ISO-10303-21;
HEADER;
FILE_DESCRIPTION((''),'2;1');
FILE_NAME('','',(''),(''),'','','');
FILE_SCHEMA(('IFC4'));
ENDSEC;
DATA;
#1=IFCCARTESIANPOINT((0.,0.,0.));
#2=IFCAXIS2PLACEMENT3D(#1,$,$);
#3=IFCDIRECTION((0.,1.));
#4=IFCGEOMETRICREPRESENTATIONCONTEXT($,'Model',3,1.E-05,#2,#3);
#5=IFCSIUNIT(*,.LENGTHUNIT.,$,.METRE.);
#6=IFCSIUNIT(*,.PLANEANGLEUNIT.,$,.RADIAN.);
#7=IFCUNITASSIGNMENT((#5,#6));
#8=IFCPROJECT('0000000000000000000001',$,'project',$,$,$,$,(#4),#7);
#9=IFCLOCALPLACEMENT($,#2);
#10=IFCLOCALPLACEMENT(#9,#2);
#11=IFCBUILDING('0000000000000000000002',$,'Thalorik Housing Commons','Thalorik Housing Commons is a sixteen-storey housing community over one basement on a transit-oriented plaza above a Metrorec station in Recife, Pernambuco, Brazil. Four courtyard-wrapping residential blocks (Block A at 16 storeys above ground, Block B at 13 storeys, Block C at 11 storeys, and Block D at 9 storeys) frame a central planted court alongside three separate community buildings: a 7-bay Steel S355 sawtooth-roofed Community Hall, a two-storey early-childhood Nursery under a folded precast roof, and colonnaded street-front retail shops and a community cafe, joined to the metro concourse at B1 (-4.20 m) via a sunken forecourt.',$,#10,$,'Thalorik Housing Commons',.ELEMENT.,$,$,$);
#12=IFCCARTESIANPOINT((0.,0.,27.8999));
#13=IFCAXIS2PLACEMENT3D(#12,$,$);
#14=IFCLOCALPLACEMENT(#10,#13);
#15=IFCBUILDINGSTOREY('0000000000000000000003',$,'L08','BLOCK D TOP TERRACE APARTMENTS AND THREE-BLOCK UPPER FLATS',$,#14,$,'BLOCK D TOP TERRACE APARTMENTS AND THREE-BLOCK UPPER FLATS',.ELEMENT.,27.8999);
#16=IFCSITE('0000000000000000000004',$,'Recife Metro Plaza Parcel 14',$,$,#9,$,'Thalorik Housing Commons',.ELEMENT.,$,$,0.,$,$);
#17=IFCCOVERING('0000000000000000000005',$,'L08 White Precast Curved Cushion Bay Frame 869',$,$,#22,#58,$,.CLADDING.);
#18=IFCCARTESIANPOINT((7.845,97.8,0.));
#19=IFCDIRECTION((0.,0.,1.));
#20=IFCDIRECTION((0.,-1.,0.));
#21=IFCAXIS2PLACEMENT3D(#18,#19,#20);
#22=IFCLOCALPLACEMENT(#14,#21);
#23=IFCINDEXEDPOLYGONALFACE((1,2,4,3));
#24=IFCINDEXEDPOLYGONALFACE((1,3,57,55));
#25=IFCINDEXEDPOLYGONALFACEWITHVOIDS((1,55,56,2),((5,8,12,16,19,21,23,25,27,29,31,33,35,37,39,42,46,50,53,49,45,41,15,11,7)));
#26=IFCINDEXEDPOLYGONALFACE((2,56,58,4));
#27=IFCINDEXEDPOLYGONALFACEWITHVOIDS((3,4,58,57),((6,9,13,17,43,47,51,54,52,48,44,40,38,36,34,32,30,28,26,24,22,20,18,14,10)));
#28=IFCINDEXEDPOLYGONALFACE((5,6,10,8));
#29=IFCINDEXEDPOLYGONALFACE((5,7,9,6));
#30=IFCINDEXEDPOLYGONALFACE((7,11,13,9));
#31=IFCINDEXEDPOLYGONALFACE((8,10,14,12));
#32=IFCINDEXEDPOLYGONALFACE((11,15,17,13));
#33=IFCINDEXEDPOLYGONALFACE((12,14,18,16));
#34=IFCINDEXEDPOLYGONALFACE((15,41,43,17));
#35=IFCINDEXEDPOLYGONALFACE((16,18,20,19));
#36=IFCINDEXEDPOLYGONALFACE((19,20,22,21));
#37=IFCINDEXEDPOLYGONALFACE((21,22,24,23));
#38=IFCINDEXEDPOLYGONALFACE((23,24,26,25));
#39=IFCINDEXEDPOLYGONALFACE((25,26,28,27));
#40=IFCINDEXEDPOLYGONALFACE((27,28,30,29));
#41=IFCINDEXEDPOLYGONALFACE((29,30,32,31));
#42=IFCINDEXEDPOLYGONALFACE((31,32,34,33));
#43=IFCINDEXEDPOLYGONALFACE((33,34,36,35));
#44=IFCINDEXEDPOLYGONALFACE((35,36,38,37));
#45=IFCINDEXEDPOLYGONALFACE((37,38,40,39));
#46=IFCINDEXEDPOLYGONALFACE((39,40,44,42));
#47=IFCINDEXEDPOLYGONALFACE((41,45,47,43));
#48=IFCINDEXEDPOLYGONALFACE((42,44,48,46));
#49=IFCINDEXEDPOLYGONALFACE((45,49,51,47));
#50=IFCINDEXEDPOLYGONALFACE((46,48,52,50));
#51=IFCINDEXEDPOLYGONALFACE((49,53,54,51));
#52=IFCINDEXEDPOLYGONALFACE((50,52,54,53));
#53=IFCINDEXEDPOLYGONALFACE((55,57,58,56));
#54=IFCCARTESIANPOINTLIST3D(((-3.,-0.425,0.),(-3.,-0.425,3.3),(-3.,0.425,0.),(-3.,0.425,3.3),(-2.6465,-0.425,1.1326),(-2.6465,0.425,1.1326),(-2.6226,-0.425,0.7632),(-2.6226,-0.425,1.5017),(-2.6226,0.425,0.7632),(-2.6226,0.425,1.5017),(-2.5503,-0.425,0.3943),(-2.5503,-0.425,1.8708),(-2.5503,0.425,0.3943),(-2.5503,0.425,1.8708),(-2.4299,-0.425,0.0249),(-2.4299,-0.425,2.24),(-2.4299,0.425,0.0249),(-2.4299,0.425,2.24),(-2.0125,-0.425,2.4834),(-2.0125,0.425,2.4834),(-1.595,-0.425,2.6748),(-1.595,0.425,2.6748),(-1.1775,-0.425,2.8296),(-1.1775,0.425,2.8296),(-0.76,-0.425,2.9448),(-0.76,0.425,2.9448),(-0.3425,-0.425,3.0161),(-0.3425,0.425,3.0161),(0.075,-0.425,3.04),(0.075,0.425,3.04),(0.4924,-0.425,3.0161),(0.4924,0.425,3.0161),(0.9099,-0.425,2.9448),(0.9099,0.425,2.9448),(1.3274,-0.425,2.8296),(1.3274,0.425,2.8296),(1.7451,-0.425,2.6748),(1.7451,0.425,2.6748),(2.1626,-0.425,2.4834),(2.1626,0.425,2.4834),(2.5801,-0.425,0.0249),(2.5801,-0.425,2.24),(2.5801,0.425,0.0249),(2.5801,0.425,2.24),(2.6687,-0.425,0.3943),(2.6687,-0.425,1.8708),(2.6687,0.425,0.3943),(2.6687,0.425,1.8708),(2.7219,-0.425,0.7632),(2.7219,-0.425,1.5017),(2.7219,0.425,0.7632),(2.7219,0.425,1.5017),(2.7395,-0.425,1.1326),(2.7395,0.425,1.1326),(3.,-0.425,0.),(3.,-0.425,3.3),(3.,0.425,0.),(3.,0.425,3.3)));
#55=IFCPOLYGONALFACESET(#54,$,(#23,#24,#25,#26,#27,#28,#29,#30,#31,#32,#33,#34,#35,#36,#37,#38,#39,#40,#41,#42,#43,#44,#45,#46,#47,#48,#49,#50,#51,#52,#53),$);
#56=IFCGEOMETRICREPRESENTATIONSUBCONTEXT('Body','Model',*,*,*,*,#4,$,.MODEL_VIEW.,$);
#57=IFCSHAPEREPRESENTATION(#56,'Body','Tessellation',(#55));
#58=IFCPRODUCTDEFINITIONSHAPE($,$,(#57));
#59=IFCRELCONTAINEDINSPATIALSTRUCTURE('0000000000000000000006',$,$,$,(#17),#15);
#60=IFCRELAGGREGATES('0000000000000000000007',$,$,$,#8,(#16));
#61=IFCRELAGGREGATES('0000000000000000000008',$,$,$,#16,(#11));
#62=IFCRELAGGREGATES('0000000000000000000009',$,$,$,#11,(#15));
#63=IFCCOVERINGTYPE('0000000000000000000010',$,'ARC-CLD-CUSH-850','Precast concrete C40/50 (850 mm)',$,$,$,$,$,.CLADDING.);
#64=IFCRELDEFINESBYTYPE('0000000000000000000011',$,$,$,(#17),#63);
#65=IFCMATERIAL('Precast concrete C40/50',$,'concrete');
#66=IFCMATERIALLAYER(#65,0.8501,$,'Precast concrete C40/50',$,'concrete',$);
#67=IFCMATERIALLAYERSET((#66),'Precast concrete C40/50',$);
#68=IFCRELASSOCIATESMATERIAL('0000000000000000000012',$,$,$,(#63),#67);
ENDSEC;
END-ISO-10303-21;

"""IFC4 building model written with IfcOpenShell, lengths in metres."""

from ifc_helpers import new_model, si_unit, direction, frame, origin, place, context, subcontext, project, spatial, polyline, outline, extrude, material, layer, layer_set, type_object, element, save


model = new_model("IFC4")

# Units and contexts
model_context = context("Model", 3, precision=1e-05, world=origin(), true_north=direction((0.0, 1.0)))
body_context = subcontext(model_context, "Body", "Model", "MODEL_VIEW")
ifc_project = project(units=[si_unit("LENGTHUNIT", "METRE"), si_unit("PLANEANGLEUNIT", "RADIAN")], contexts=[model_context])

# Site, building, storey
site_placement = place(None, origin())
site = spatial("IfcSite", under=ifc_project, at=site_placement, Name="Recife Metro Plaza Parcel 14", LongName="Thalorik Housing Commons", CompositionType="ELEMENT", RefElevation=0.0)
building_placement = place(site_placement, origin())
building = spatial("IfcBuilding", under=site, at=building_placement, Name="Thalorik Housing Commons", Description="Thalorik Housing Commons is a sixteen-storey housing community over one basement on a transit-oriented plaza above a Metrorec station in Recife, Pernambuco, Brazil. Four courtyard-wrapping residential blocks (Block A at 16 storeys above ground, Block B at 13 storeys, Block C at 11 storeys, and Block D at 9 storeys) frame a central planted court alongside three separate community buildings: a 7-bay Steel S355 sawtooth-roofed Community Hall, a two-storey early-childhood Nursery under a folded precast roof, and colonnaded street-front retail shops and a community cafe, joined to the metro concourse at B1 (-4.20 m) via a sunken forecourt.", LongName="Thalorik Housing Commons", CompositionType="ELEMENT")
storey_placement = place(building_placement, frame((0.0, 0.0, 27.8999)))
storey = spatial("IfcBuildingStorey", under=building, at=storey_placement, Name="L08", Description="BLOCK D TOP TERRACE APARTMENTS AND THREE-BLOCK UPPER FLATS", LongName="BLOCK D TOP TERRACE APARTMENTS AND THREE-BLOCK UPPER FLATS", CompositionType="ELEMENT", Elevation=27.8999)

# Shared definitions
ifc_material_1 = material(Name="Precast concrete C40/50", Category="concrete")

# Covering
ifc_layer_1 = layer(ifc_material_1, 0.8501, Name="Precast concrete C40/50", Category="concrete")
ifc_layer_set_1 = layer_set([ifc_layer_1], Name="Precast concrete C40/50")
covering_type_1 = type_object("IfcCoveringType", Name="ARC-CLD-CUSH-850", Description="Precast concrete C40/50 (850 mm)", PredefinedType="CLADDING", material=ifc_layer_set_1)
covering_1_placement = place(storey_placement, frame((7.845, 97.8, 0.0), z_axis=(0.0, 0.0, 1.0), x_axis=(0.0, -1.0, 0.0)))
element("IfcCovering", 1, at=covering_1_placement, inside=storey, type_object=covering_type_1, Name="L08 White Precast Curved Cushion Bay Frame 869", PredefinedType="CLADDING", context=body_context, shape_type="SweptSolid", body=[
    extrude(outline(polyline([(-3.0, 0.0), (3.0, 0.0), (3.0, 3.3), (-3.0, 3.3), (-3.0, 0.0)]), holes=[polyline([(2.5801, 0.0249), (2.6687, 0.3943), (2.7219, 0.7632), (2.7395, 1.1326), (2.7219, 1.5017), (2.6687, 1.8708), (2.5801, 2.24), (2.1626, 2.4834), (1.7451, 2.6748), (1.3274, 2.8296), (0.9099, 2.9448), (0.4924, 3.0161), (0.075, 3.04), (-0.3425, 3.0161), (-0.76, 2.9448), (-1.1775, 2.8296), (-1.595, 2.6748), (-2.0125, 2.4834), (-2.4299, 2.24), (-2.5503, 1.8708), (-2.6226, 1.5017), (-2.6465, 1.1326), (-2.6226, 0.7632), (-2.5503, 0.3943), (-2.4299, 0.0249), (2.5801, 0.0249)])]), frame((0.0, 0.425, 0.0), z_axis=(0.0, -1.0, 0.0), x_axis=(1.0, 0.0, 0.0)), (0.0, 0.0, 1.0), 0.8501),
])

save(model, "model.ifc")
